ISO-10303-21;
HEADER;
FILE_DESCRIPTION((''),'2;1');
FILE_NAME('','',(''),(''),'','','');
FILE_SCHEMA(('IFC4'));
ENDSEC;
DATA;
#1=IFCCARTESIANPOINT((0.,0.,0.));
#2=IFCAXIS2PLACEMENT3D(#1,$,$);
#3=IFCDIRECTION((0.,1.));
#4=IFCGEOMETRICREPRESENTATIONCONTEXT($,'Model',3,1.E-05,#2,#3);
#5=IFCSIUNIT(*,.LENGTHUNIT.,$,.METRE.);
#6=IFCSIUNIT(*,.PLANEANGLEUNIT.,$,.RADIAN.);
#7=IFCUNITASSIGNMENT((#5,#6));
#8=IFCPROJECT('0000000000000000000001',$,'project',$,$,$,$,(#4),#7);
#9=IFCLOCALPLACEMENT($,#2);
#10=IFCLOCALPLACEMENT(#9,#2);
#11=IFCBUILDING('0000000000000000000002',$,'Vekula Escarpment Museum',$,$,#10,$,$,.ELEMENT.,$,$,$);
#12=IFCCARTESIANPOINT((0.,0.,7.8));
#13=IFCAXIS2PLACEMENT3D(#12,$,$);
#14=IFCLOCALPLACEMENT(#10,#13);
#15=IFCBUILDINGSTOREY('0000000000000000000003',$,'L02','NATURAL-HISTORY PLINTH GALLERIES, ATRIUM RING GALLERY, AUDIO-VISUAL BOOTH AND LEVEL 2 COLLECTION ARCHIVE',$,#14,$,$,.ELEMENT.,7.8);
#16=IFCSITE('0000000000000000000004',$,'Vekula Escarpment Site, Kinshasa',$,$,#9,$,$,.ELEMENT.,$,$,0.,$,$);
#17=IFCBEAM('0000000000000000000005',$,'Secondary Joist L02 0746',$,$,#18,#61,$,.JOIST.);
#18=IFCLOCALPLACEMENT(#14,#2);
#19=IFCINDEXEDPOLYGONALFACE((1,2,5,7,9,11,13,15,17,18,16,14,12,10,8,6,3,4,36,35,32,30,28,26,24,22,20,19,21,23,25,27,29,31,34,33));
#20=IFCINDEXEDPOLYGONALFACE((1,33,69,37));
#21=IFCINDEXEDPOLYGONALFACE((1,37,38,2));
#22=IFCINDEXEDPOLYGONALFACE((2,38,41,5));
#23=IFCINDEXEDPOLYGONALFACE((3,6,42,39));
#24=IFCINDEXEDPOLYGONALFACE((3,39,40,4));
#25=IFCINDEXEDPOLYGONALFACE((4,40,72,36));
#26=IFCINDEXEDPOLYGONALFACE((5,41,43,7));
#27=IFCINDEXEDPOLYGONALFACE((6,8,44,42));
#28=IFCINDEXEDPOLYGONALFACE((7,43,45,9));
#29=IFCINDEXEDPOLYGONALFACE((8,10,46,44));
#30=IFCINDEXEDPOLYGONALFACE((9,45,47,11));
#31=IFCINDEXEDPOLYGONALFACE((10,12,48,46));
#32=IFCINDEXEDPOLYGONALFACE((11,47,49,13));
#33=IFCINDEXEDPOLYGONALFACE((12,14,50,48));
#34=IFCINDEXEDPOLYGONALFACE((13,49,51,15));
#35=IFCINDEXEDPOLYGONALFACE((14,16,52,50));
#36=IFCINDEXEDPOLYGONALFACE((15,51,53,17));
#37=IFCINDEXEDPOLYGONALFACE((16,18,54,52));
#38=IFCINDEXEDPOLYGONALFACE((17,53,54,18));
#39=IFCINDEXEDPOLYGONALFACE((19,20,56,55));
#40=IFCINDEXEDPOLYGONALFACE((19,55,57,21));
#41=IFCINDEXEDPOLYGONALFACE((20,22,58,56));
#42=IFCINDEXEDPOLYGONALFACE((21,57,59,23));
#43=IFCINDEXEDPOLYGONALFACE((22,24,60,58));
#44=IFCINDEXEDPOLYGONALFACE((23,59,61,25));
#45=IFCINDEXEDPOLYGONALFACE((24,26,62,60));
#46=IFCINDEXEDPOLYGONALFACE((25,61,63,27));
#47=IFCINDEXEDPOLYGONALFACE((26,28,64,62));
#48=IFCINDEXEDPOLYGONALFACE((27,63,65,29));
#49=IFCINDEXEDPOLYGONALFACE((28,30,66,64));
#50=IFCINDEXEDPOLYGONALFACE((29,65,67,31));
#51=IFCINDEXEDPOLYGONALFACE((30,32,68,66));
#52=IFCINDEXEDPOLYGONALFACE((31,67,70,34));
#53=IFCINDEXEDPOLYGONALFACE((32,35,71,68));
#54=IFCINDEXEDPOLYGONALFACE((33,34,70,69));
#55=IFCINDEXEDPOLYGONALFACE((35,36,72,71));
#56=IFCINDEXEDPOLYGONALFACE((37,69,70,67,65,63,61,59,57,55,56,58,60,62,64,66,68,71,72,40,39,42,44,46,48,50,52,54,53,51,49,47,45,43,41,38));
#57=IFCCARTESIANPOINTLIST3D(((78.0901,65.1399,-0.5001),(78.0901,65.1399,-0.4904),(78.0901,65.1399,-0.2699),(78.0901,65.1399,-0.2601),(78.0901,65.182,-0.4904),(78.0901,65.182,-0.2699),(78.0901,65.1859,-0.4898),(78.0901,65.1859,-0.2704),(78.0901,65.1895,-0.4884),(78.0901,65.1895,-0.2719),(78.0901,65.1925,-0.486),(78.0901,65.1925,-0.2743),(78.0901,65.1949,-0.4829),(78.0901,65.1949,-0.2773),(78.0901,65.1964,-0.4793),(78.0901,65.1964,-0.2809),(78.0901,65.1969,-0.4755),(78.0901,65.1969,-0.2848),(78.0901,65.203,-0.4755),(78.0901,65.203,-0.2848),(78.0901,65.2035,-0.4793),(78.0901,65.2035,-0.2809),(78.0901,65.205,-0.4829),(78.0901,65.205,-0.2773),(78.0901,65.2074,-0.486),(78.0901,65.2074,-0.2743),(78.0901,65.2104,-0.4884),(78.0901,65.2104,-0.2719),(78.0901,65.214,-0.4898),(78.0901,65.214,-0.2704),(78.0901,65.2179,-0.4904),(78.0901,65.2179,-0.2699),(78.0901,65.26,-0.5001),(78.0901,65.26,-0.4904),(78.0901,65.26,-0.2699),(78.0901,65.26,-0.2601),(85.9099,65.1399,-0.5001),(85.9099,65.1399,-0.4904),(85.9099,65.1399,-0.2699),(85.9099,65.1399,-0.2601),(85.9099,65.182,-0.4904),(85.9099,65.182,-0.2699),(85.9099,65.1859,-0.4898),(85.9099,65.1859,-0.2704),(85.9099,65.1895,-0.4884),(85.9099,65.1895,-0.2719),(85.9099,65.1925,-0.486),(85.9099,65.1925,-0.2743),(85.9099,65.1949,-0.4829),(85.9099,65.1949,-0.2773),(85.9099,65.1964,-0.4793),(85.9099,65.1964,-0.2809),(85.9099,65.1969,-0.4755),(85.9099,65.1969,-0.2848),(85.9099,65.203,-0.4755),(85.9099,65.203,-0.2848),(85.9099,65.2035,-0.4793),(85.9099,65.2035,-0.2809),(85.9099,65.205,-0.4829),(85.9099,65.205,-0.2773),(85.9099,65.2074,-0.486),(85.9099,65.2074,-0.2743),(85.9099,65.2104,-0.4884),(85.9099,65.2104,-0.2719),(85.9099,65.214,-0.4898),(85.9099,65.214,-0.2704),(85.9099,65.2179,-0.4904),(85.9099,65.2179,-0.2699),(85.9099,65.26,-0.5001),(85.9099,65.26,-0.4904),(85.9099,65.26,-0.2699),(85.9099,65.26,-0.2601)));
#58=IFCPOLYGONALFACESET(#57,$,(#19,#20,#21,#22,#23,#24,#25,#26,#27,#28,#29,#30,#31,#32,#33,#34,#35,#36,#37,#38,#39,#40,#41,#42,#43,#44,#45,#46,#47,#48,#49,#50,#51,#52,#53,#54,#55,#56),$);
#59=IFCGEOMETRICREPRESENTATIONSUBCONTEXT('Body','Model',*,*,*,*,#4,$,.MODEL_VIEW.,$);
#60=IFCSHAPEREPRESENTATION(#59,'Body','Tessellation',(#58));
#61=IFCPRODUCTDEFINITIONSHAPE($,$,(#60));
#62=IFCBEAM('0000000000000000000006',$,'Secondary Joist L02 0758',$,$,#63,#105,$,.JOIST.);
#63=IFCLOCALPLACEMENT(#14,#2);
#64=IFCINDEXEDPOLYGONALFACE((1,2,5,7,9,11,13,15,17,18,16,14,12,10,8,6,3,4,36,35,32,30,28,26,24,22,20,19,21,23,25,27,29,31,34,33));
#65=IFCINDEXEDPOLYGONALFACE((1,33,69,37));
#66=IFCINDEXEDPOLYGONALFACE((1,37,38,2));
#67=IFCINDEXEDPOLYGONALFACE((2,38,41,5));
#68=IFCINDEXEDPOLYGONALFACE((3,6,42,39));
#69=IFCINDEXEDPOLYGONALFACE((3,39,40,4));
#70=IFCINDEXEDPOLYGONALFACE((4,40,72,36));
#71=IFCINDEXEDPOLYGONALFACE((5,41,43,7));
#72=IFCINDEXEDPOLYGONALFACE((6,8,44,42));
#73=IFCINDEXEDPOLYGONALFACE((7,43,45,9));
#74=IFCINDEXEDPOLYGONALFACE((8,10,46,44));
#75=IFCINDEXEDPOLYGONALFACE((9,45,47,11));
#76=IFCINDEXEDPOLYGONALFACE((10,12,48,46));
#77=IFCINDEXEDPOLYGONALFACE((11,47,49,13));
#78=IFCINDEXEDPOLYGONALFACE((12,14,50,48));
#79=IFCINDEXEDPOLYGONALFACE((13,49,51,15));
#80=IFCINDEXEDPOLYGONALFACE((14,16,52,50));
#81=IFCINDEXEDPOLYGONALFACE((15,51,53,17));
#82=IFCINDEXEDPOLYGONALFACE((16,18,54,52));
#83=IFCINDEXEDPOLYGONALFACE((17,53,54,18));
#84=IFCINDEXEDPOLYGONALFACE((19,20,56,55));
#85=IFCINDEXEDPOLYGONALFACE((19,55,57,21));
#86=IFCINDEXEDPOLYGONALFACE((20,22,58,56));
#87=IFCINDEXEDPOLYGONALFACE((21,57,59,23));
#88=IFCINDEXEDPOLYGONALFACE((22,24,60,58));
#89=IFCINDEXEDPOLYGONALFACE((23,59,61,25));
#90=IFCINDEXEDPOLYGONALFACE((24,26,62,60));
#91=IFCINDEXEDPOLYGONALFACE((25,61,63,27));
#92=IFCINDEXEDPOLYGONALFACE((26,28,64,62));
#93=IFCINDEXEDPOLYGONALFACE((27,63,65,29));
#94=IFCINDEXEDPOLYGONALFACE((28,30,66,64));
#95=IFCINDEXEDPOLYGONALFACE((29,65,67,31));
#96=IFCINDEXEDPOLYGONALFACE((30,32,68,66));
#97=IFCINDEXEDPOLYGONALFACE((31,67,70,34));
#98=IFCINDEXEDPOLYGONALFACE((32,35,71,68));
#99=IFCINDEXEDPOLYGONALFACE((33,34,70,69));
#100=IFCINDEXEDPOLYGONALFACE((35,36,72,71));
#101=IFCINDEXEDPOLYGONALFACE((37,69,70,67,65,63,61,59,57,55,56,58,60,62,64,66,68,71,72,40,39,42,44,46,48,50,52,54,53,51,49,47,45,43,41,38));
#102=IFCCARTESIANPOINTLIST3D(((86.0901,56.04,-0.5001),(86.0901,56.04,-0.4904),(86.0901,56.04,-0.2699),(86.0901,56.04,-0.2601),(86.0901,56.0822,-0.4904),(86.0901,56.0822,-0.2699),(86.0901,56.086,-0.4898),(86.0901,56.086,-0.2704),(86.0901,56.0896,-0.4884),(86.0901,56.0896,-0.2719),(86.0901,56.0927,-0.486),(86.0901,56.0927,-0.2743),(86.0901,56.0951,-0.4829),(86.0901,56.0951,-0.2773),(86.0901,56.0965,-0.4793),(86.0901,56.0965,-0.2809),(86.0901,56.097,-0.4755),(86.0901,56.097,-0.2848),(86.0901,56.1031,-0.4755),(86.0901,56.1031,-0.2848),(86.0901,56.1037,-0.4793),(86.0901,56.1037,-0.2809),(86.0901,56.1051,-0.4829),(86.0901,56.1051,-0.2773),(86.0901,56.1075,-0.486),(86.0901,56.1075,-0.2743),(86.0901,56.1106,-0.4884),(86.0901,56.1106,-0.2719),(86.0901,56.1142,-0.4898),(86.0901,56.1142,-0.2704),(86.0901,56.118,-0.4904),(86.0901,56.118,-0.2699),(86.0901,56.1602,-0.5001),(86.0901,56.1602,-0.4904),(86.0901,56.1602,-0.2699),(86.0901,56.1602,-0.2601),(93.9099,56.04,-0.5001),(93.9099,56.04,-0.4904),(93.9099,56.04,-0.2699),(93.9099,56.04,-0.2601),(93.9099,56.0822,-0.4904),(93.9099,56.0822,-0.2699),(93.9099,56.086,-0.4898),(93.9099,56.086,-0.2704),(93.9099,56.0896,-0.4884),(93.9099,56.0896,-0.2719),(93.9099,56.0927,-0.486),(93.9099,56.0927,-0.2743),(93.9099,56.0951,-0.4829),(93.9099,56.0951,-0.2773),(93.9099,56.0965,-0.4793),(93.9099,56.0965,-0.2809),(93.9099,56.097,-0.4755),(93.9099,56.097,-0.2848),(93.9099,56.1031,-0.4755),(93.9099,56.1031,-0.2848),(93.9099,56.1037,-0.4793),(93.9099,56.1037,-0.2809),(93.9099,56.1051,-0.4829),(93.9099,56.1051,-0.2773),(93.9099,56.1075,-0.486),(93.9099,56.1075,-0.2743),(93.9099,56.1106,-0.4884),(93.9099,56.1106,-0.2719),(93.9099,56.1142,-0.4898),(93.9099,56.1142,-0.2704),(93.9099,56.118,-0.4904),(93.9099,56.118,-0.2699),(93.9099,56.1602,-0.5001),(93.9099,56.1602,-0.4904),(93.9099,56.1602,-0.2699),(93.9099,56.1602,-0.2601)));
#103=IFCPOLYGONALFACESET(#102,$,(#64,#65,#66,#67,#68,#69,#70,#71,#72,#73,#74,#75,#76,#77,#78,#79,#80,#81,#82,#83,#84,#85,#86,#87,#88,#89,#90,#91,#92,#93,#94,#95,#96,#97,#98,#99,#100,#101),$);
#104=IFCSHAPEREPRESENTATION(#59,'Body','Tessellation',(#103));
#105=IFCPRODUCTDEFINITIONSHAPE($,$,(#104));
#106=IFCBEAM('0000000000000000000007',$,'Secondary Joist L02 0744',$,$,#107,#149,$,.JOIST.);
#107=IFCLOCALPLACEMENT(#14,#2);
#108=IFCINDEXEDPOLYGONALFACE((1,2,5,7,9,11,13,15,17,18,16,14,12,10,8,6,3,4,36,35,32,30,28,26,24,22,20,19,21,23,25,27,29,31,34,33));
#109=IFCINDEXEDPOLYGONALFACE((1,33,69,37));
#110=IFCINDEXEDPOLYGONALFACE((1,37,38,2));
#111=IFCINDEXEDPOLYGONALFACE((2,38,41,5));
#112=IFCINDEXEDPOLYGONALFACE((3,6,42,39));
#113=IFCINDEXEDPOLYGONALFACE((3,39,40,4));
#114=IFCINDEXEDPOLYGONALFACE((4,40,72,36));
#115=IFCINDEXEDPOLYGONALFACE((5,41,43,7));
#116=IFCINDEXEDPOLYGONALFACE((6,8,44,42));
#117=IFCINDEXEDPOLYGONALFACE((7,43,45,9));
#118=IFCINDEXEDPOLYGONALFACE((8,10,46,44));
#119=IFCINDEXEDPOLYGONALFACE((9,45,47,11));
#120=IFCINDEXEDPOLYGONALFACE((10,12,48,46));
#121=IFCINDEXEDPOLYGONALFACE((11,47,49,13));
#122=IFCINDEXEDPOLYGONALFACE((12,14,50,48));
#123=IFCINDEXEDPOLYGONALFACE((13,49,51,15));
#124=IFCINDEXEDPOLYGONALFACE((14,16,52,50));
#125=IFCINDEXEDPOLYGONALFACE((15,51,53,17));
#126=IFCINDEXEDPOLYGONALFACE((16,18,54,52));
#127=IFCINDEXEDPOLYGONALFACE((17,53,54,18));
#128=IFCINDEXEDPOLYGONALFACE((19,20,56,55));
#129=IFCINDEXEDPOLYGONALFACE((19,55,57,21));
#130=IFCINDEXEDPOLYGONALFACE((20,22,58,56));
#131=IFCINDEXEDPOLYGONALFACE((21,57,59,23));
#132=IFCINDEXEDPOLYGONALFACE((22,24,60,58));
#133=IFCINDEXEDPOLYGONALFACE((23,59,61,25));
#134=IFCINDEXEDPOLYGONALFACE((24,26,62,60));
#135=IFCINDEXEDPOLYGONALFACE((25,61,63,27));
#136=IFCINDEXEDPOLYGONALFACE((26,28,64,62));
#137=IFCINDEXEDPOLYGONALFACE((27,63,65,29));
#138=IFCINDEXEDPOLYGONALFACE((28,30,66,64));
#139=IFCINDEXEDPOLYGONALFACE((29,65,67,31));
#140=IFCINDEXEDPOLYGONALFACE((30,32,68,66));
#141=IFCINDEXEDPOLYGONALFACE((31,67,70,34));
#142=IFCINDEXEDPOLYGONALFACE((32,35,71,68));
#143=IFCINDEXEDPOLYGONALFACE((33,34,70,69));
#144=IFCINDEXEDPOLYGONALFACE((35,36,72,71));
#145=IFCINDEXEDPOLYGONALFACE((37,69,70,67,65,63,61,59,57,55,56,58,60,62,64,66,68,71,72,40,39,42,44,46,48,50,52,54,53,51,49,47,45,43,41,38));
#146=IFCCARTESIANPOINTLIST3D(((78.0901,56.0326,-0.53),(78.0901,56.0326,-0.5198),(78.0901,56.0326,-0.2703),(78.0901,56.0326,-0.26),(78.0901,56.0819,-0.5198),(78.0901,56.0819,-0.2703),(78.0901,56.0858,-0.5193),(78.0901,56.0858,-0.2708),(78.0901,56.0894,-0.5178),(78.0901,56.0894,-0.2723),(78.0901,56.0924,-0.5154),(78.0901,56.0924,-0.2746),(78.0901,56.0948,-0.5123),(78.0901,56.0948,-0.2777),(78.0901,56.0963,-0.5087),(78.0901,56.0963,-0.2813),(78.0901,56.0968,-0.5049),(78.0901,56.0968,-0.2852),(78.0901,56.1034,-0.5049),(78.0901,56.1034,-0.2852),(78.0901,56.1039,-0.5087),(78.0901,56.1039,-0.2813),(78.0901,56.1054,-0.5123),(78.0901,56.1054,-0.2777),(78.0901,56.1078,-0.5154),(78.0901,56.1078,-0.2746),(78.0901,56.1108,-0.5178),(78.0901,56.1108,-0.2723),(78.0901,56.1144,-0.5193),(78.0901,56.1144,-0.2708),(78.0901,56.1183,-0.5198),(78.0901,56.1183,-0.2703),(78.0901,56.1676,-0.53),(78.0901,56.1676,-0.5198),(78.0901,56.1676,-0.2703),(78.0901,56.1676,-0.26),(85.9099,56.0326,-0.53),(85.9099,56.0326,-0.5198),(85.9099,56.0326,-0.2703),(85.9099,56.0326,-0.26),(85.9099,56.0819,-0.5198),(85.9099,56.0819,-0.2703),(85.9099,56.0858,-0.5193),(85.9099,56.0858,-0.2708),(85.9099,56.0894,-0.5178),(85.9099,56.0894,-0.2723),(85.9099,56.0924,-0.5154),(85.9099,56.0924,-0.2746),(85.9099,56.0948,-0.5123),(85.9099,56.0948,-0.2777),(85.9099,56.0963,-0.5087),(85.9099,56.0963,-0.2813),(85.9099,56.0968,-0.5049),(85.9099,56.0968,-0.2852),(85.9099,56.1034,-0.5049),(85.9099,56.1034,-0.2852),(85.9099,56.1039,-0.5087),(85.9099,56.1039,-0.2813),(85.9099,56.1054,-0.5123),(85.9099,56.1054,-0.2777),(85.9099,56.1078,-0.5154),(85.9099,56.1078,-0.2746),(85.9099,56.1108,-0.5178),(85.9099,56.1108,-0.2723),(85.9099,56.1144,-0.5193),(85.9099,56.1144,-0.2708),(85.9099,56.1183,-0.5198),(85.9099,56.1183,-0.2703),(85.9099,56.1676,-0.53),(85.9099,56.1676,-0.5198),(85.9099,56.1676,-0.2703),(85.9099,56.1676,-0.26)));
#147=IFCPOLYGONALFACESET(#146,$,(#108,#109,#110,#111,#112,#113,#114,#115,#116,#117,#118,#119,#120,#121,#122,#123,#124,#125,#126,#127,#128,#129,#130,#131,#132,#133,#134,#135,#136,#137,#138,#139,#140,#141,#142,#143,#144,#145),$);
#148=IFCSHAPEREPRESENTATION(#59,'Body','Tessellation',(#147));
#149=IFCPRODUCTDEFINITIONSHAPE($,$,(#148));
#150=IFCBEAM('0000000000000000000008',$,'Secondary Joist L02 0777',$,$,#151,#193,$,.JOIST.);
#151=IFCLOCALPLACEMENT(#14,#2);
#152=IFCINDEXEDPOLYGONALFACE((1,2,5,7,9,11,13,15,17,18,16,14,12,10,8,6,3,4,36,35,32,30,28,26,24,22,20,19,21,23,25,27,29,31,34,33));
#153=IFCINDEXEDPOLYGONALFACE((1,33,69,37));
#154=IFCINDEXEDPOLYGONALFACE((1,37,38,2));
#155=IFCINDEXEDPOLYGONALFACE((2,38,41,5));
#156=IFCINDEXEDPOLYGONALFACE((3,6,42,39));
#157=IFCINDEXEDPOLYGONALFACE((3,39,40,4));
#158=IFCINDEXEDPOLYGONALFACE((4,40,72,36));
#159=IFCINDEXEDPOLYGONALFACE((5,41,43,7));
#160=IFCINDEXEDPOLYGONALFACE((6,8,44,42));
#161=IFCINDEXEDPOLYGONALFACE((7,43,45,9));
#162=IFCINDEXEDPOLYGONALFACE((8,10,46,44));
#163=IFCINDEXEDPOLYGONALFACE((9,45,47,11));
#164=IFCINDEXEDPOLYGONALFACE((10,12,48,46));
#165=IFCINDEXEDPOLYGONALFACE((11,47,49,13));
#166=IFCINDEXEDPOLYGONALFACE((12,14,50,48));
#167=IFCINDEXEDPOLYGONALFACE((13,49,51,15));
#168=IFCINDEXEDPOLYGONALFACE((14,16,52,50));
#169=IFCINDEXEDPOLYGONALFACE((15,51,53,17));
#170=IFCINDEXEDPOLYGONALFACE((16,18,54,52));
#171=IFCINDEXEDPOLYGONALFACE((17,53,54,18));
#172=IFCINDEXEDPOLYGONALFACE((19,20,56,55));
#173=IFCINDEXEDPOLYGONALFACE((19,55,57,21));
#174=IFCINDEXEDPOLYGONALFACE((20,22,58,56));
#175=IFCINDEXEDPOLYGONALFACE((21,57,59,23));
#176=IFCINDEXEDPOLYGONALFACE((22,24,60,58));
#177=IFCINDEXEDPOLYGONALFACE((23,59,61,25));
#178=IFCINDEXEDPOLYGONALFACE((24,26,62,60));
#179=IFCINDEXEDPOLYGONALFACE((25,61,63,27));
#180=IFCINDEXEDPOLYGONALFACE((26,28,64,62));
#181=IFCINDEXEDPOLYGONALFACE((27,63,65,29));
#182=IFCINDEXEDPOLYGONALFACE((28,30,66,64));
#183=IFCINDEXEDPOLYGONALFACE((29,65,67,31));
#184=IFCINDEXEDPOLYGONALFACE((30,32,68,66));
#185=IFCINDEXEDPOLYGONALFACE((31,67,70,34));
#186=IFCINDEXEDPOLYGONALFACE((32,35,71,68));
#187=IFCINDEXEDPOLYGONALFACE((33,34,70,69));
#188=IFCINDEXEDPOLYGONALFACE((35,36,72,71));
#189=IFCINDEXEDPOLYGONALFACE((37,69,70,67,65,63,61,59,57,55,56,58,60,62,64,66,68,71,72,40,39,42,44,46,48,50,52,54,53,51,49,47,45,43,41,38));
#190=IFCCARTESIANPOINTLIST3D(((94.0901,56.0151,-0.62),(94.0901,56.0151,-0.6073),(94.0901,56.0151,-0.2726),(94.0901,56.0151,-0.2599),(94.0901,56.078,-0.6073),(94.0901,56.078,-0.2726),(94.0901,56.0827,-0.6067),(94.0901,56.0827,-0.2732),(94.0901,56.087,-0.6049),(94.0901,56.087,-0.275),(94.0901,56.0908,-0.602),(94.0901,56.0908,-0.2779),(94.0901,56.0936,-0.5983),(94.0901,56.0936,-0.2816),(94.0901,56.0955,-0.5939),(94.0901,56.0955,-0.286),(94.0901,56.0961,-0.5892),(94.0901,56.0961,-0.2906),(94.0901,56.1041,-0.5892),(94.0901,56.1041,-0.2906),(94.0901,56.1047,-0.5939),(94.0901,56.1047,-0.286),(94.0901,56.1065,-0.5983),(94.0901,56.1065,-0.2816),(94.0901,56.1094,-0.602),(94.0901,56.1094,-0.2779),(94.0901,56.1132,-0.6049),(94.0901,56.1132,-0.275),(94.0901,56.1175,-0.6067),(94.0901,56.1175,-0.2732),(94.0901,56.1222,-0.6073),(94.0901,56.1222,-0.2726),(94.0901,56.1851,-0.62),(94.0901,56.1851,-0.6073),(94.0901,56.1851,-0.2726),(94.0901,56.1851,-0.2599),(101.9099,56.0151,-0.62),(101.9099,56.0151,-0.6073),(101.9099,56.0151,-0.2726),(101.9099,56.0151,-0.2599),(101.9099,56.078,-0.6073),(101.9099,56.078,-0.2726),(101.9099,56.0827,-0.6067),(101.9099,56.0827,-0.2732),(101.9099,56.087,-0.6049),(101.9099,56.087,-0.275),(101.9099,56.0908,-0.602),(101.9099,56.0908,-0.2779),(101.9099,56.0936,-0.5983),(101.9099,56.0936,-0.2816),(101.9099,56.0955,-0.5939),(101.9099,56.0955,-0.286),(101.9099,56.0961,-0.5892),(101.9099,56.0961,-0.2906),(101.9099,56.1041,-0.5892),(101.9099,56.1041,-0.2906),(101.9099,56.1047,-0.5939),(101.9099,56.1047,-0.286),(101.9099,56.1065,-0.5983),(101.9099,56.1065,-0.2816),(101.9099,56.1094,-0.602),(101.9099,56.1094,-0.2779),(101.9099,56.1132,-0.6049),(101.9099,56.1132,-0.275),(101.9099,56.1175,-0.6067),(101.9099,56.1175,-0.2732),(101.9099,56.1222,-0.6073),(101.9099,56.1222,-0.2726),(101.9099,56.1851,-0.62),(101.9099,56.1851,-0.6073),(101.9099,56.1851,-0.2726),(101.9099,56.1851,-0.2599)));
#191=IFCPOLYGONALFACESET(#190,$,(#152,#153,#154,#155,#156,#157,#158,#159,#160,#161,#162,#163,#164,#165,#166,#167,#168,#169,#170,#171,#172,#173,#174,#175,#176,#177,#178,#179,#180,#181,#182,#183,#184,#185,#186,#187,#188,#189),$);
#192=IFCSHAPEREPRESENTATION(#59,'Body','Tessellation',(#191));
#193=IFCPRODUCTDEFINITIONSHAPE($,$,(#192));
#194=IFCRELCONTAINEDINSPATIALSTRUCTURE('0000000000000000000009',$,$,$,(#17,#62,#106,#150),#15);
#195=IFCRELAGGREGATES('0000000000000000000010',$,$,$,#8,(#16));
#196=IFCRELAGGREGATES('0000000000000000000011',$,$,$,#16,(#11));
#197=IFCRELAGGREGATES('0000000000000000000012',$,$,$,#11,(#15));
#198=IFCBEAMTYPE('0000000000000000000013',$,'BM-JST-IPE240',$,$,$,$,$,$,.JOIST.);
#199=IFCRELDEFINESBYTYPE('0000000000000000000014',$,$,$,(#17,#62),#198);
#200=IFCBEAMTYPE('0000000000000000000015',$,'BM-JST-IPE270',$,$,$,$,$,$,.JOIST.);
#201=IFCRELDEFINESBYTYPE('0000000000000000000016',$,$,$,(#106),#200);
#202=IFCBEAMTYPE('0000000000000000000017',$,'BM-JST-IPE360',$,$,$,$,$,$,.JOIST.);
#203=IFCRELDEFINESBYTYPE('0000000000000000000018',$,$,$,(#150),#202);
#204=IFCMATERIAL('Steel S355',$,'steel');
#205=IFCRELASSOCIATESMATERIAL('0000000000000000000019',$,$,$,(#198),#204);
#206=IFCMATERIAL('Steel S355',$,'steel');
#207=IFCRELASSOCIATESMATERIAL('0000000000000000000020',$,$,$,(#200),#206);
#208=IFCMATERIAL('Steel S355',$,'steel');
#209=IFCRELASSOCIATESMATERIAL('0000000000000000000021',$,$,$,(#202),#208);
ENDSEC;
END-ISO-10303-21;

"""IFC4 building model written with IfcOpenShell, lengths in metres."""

from ifc_helpers import new_model, si_unit, direction, frame, origin, origin_2d, place, context, subcontext, project, spatial, i_section, extrude, material, material_profile, profile_set, type_object, element, save


model = new_model("IFC4")

# Units and contexts
model_context = context("Model", 3, precision=1e-05, world=origin(), true_north=direction((0.0, 1.0)))
body_context = subcontext(model_context, "Body", "Model", "MODEL_VIEW")
ifc_project = project(units=[si_unit("LENGTHUNIT", "METRE"), si_unit("PLANEANGLEUNIT", "RADIAN")], contexts=[model_context])

# Site, building, storey
site_placement = place(None, origin())
site = spatial("IfcSite", under=ifc_project, at=site_placement, Name="Vekula Escarpment Site, Kinshasa", CompositionType="ELEMENT", RefElevation=0.0)
building_placement = place(site_placement, origin())
building = spatial("IfcBuilding", under=site, at=building_placement, Name="Vekula Escarpment Museum", CompositionType="ELEMENT")
storey_placement = place(building_placement, frame((0.0, 0.0, 7.8)))
storey = spatial("IfcBuildingStorey", under=building, at=storey_placement, Name="L02", Description="NATURAL-HISTORY PLINTH GALLERIES, ATRIUM RING GALLERY, AUDIO-VISUAL BOOTH AND LEVEL 2 COLLECTION ARCHIVE", CompositionType="ELEMENT", Elevation=7.8)

# Beams
ifc_material_1 = material(Name="Steel S355", Category="steel")
ifc_material_profile_1 = material_profile(ifc_material_1, i_section(OverallWidth=0.1201, OverallDepth=0.24, WebThickness=0.0061, FlangeThickness=0.0098, FilletRadius=0.0149, at=origin_2d()), Name="IPE 240")
ifc_profile_set_1 = profile_set([ifc_material_profile_1], Name="Steel S355")
beam_type_1 = type_object("IfcBeamType", Name="BM-JST-IPE240", PredefinedType="JOIST", material=ifc_profile_set_1)
for number, where, z_axis, x_axis, name in (
    (1, (78.0901, 65.2, -0.3801), (1.0, 0.0, 0.0), (0.0, 1.0, 0.0), "Secondary Joist L02 0746"),
    (2, (86.0901, 56.1001, -0.3801), (1.0, 0.0, 0.0), (0.0, 1.0, 0.0), "Secondary Joist L02 0758"),
):
    element("IfcBeam", number, at=place(storey_placement, frame(where, z_axis=z_axis, x_axis=x_axis)), inside=storey, type_object=beam_type_1, Name=name, PredefinedType="JOIST", context=body_context, shape_type="SweptSolid", body=[
        extrude(i_section(OverallWidth=0.1201, OverallDepth=0.24, WebThickness=0.0061, FlangeThickness=0.0098, FilletRadius=0.0149, at=origin_2d()), origin(), (0.0, 0.0, 1.0), 7.8198),
    ])
ifc_material_2 = material(Name="Steel S355", Category="steel")
ifc_material_profile_2 = material_profile(ifc_material_2, i_section(OverallWidth=0.135, OverallDepth=0.27, WebThickness=0.0066, FlangeThickness=0.0103, FilletRadius=0.0149, at=origin_2d()), Name="IPE 270")
ifc_profile_set_2 = profile_set([ifc_material_profile_2], Name="Steel S355")
beam_type_2 = type_object("IfcBeamType", Name="BM-JST-IPE270", PredefinedType="JOIST", material=ifc_profile_set_2)
beam_1_placement = place(storey_placement, frame((78.0901, 56.1001, -0.395), z_axis=(1.0, 0.0, 0.0), x_axis=(0.0, 1.0, 0.0)))
element("IfcBeam", 3, at=beam_1_placement, inside=storey, type_object=beam_type_2, Name="Secondary Joist L02 0744", PredefinedType="JOIST", context=body_context, shape_type="SweptSolid", body=[
    extrude(i_section(OverallWidth=0.135, OverallDepth=0.27, WebThickness=0.0066, FlangeThickness=0.0103, FilletRadius=0.0149, at=origin_2d()), origin(), (0.0, 0.0, 1.0), 7.8198),
])
ifc_material_3 = material(Name="Steel S355", Category="steel")
ifc_material_profile_3 = material_profile(ifc_material_3, i_section(OverallWidth=0.1699, OverallDepth=0.3601, WebThickness=0.0081, FlangeThickness=0.0127, FilletRadius=0.0181, at=origin_2d()), Name="IPE 360")
ifc_profile_set_3 = profile_set([ifc_material_profile_3], Name="Steel S355")
beam_type_3 = type_object("IfcBeamType", Name="BM-JST-IPE360", PredefinedType="JOIST", material=ifc_profile_set_3)
beam_2_placement = place(storey_placement, frame((94.0901, 56.1001, -0.4399), z_axis=(1.0, 0.0, 0.0), x_axis=(0.0, 1.0, 0.0)))
element("IfcBeam", 4, at=beam_2_placement, inside=storey, type_object=beam_type_3, Name="Secondary Joist L02 0777", PredefinedType="JOIST", context=body_context, shape_type="SweptSolid", body=[
    extrude(i_section(OverallWidth=0.1699, OverallDepth=0.3601, WebThickness=0.0081, FlangeThickness=0.0127, FilletRadius=0.0181, at=origin_2d()), origin(), (0.0, 0.0, 1.0), 7.8198),
])

save(model, "model.ifc")
